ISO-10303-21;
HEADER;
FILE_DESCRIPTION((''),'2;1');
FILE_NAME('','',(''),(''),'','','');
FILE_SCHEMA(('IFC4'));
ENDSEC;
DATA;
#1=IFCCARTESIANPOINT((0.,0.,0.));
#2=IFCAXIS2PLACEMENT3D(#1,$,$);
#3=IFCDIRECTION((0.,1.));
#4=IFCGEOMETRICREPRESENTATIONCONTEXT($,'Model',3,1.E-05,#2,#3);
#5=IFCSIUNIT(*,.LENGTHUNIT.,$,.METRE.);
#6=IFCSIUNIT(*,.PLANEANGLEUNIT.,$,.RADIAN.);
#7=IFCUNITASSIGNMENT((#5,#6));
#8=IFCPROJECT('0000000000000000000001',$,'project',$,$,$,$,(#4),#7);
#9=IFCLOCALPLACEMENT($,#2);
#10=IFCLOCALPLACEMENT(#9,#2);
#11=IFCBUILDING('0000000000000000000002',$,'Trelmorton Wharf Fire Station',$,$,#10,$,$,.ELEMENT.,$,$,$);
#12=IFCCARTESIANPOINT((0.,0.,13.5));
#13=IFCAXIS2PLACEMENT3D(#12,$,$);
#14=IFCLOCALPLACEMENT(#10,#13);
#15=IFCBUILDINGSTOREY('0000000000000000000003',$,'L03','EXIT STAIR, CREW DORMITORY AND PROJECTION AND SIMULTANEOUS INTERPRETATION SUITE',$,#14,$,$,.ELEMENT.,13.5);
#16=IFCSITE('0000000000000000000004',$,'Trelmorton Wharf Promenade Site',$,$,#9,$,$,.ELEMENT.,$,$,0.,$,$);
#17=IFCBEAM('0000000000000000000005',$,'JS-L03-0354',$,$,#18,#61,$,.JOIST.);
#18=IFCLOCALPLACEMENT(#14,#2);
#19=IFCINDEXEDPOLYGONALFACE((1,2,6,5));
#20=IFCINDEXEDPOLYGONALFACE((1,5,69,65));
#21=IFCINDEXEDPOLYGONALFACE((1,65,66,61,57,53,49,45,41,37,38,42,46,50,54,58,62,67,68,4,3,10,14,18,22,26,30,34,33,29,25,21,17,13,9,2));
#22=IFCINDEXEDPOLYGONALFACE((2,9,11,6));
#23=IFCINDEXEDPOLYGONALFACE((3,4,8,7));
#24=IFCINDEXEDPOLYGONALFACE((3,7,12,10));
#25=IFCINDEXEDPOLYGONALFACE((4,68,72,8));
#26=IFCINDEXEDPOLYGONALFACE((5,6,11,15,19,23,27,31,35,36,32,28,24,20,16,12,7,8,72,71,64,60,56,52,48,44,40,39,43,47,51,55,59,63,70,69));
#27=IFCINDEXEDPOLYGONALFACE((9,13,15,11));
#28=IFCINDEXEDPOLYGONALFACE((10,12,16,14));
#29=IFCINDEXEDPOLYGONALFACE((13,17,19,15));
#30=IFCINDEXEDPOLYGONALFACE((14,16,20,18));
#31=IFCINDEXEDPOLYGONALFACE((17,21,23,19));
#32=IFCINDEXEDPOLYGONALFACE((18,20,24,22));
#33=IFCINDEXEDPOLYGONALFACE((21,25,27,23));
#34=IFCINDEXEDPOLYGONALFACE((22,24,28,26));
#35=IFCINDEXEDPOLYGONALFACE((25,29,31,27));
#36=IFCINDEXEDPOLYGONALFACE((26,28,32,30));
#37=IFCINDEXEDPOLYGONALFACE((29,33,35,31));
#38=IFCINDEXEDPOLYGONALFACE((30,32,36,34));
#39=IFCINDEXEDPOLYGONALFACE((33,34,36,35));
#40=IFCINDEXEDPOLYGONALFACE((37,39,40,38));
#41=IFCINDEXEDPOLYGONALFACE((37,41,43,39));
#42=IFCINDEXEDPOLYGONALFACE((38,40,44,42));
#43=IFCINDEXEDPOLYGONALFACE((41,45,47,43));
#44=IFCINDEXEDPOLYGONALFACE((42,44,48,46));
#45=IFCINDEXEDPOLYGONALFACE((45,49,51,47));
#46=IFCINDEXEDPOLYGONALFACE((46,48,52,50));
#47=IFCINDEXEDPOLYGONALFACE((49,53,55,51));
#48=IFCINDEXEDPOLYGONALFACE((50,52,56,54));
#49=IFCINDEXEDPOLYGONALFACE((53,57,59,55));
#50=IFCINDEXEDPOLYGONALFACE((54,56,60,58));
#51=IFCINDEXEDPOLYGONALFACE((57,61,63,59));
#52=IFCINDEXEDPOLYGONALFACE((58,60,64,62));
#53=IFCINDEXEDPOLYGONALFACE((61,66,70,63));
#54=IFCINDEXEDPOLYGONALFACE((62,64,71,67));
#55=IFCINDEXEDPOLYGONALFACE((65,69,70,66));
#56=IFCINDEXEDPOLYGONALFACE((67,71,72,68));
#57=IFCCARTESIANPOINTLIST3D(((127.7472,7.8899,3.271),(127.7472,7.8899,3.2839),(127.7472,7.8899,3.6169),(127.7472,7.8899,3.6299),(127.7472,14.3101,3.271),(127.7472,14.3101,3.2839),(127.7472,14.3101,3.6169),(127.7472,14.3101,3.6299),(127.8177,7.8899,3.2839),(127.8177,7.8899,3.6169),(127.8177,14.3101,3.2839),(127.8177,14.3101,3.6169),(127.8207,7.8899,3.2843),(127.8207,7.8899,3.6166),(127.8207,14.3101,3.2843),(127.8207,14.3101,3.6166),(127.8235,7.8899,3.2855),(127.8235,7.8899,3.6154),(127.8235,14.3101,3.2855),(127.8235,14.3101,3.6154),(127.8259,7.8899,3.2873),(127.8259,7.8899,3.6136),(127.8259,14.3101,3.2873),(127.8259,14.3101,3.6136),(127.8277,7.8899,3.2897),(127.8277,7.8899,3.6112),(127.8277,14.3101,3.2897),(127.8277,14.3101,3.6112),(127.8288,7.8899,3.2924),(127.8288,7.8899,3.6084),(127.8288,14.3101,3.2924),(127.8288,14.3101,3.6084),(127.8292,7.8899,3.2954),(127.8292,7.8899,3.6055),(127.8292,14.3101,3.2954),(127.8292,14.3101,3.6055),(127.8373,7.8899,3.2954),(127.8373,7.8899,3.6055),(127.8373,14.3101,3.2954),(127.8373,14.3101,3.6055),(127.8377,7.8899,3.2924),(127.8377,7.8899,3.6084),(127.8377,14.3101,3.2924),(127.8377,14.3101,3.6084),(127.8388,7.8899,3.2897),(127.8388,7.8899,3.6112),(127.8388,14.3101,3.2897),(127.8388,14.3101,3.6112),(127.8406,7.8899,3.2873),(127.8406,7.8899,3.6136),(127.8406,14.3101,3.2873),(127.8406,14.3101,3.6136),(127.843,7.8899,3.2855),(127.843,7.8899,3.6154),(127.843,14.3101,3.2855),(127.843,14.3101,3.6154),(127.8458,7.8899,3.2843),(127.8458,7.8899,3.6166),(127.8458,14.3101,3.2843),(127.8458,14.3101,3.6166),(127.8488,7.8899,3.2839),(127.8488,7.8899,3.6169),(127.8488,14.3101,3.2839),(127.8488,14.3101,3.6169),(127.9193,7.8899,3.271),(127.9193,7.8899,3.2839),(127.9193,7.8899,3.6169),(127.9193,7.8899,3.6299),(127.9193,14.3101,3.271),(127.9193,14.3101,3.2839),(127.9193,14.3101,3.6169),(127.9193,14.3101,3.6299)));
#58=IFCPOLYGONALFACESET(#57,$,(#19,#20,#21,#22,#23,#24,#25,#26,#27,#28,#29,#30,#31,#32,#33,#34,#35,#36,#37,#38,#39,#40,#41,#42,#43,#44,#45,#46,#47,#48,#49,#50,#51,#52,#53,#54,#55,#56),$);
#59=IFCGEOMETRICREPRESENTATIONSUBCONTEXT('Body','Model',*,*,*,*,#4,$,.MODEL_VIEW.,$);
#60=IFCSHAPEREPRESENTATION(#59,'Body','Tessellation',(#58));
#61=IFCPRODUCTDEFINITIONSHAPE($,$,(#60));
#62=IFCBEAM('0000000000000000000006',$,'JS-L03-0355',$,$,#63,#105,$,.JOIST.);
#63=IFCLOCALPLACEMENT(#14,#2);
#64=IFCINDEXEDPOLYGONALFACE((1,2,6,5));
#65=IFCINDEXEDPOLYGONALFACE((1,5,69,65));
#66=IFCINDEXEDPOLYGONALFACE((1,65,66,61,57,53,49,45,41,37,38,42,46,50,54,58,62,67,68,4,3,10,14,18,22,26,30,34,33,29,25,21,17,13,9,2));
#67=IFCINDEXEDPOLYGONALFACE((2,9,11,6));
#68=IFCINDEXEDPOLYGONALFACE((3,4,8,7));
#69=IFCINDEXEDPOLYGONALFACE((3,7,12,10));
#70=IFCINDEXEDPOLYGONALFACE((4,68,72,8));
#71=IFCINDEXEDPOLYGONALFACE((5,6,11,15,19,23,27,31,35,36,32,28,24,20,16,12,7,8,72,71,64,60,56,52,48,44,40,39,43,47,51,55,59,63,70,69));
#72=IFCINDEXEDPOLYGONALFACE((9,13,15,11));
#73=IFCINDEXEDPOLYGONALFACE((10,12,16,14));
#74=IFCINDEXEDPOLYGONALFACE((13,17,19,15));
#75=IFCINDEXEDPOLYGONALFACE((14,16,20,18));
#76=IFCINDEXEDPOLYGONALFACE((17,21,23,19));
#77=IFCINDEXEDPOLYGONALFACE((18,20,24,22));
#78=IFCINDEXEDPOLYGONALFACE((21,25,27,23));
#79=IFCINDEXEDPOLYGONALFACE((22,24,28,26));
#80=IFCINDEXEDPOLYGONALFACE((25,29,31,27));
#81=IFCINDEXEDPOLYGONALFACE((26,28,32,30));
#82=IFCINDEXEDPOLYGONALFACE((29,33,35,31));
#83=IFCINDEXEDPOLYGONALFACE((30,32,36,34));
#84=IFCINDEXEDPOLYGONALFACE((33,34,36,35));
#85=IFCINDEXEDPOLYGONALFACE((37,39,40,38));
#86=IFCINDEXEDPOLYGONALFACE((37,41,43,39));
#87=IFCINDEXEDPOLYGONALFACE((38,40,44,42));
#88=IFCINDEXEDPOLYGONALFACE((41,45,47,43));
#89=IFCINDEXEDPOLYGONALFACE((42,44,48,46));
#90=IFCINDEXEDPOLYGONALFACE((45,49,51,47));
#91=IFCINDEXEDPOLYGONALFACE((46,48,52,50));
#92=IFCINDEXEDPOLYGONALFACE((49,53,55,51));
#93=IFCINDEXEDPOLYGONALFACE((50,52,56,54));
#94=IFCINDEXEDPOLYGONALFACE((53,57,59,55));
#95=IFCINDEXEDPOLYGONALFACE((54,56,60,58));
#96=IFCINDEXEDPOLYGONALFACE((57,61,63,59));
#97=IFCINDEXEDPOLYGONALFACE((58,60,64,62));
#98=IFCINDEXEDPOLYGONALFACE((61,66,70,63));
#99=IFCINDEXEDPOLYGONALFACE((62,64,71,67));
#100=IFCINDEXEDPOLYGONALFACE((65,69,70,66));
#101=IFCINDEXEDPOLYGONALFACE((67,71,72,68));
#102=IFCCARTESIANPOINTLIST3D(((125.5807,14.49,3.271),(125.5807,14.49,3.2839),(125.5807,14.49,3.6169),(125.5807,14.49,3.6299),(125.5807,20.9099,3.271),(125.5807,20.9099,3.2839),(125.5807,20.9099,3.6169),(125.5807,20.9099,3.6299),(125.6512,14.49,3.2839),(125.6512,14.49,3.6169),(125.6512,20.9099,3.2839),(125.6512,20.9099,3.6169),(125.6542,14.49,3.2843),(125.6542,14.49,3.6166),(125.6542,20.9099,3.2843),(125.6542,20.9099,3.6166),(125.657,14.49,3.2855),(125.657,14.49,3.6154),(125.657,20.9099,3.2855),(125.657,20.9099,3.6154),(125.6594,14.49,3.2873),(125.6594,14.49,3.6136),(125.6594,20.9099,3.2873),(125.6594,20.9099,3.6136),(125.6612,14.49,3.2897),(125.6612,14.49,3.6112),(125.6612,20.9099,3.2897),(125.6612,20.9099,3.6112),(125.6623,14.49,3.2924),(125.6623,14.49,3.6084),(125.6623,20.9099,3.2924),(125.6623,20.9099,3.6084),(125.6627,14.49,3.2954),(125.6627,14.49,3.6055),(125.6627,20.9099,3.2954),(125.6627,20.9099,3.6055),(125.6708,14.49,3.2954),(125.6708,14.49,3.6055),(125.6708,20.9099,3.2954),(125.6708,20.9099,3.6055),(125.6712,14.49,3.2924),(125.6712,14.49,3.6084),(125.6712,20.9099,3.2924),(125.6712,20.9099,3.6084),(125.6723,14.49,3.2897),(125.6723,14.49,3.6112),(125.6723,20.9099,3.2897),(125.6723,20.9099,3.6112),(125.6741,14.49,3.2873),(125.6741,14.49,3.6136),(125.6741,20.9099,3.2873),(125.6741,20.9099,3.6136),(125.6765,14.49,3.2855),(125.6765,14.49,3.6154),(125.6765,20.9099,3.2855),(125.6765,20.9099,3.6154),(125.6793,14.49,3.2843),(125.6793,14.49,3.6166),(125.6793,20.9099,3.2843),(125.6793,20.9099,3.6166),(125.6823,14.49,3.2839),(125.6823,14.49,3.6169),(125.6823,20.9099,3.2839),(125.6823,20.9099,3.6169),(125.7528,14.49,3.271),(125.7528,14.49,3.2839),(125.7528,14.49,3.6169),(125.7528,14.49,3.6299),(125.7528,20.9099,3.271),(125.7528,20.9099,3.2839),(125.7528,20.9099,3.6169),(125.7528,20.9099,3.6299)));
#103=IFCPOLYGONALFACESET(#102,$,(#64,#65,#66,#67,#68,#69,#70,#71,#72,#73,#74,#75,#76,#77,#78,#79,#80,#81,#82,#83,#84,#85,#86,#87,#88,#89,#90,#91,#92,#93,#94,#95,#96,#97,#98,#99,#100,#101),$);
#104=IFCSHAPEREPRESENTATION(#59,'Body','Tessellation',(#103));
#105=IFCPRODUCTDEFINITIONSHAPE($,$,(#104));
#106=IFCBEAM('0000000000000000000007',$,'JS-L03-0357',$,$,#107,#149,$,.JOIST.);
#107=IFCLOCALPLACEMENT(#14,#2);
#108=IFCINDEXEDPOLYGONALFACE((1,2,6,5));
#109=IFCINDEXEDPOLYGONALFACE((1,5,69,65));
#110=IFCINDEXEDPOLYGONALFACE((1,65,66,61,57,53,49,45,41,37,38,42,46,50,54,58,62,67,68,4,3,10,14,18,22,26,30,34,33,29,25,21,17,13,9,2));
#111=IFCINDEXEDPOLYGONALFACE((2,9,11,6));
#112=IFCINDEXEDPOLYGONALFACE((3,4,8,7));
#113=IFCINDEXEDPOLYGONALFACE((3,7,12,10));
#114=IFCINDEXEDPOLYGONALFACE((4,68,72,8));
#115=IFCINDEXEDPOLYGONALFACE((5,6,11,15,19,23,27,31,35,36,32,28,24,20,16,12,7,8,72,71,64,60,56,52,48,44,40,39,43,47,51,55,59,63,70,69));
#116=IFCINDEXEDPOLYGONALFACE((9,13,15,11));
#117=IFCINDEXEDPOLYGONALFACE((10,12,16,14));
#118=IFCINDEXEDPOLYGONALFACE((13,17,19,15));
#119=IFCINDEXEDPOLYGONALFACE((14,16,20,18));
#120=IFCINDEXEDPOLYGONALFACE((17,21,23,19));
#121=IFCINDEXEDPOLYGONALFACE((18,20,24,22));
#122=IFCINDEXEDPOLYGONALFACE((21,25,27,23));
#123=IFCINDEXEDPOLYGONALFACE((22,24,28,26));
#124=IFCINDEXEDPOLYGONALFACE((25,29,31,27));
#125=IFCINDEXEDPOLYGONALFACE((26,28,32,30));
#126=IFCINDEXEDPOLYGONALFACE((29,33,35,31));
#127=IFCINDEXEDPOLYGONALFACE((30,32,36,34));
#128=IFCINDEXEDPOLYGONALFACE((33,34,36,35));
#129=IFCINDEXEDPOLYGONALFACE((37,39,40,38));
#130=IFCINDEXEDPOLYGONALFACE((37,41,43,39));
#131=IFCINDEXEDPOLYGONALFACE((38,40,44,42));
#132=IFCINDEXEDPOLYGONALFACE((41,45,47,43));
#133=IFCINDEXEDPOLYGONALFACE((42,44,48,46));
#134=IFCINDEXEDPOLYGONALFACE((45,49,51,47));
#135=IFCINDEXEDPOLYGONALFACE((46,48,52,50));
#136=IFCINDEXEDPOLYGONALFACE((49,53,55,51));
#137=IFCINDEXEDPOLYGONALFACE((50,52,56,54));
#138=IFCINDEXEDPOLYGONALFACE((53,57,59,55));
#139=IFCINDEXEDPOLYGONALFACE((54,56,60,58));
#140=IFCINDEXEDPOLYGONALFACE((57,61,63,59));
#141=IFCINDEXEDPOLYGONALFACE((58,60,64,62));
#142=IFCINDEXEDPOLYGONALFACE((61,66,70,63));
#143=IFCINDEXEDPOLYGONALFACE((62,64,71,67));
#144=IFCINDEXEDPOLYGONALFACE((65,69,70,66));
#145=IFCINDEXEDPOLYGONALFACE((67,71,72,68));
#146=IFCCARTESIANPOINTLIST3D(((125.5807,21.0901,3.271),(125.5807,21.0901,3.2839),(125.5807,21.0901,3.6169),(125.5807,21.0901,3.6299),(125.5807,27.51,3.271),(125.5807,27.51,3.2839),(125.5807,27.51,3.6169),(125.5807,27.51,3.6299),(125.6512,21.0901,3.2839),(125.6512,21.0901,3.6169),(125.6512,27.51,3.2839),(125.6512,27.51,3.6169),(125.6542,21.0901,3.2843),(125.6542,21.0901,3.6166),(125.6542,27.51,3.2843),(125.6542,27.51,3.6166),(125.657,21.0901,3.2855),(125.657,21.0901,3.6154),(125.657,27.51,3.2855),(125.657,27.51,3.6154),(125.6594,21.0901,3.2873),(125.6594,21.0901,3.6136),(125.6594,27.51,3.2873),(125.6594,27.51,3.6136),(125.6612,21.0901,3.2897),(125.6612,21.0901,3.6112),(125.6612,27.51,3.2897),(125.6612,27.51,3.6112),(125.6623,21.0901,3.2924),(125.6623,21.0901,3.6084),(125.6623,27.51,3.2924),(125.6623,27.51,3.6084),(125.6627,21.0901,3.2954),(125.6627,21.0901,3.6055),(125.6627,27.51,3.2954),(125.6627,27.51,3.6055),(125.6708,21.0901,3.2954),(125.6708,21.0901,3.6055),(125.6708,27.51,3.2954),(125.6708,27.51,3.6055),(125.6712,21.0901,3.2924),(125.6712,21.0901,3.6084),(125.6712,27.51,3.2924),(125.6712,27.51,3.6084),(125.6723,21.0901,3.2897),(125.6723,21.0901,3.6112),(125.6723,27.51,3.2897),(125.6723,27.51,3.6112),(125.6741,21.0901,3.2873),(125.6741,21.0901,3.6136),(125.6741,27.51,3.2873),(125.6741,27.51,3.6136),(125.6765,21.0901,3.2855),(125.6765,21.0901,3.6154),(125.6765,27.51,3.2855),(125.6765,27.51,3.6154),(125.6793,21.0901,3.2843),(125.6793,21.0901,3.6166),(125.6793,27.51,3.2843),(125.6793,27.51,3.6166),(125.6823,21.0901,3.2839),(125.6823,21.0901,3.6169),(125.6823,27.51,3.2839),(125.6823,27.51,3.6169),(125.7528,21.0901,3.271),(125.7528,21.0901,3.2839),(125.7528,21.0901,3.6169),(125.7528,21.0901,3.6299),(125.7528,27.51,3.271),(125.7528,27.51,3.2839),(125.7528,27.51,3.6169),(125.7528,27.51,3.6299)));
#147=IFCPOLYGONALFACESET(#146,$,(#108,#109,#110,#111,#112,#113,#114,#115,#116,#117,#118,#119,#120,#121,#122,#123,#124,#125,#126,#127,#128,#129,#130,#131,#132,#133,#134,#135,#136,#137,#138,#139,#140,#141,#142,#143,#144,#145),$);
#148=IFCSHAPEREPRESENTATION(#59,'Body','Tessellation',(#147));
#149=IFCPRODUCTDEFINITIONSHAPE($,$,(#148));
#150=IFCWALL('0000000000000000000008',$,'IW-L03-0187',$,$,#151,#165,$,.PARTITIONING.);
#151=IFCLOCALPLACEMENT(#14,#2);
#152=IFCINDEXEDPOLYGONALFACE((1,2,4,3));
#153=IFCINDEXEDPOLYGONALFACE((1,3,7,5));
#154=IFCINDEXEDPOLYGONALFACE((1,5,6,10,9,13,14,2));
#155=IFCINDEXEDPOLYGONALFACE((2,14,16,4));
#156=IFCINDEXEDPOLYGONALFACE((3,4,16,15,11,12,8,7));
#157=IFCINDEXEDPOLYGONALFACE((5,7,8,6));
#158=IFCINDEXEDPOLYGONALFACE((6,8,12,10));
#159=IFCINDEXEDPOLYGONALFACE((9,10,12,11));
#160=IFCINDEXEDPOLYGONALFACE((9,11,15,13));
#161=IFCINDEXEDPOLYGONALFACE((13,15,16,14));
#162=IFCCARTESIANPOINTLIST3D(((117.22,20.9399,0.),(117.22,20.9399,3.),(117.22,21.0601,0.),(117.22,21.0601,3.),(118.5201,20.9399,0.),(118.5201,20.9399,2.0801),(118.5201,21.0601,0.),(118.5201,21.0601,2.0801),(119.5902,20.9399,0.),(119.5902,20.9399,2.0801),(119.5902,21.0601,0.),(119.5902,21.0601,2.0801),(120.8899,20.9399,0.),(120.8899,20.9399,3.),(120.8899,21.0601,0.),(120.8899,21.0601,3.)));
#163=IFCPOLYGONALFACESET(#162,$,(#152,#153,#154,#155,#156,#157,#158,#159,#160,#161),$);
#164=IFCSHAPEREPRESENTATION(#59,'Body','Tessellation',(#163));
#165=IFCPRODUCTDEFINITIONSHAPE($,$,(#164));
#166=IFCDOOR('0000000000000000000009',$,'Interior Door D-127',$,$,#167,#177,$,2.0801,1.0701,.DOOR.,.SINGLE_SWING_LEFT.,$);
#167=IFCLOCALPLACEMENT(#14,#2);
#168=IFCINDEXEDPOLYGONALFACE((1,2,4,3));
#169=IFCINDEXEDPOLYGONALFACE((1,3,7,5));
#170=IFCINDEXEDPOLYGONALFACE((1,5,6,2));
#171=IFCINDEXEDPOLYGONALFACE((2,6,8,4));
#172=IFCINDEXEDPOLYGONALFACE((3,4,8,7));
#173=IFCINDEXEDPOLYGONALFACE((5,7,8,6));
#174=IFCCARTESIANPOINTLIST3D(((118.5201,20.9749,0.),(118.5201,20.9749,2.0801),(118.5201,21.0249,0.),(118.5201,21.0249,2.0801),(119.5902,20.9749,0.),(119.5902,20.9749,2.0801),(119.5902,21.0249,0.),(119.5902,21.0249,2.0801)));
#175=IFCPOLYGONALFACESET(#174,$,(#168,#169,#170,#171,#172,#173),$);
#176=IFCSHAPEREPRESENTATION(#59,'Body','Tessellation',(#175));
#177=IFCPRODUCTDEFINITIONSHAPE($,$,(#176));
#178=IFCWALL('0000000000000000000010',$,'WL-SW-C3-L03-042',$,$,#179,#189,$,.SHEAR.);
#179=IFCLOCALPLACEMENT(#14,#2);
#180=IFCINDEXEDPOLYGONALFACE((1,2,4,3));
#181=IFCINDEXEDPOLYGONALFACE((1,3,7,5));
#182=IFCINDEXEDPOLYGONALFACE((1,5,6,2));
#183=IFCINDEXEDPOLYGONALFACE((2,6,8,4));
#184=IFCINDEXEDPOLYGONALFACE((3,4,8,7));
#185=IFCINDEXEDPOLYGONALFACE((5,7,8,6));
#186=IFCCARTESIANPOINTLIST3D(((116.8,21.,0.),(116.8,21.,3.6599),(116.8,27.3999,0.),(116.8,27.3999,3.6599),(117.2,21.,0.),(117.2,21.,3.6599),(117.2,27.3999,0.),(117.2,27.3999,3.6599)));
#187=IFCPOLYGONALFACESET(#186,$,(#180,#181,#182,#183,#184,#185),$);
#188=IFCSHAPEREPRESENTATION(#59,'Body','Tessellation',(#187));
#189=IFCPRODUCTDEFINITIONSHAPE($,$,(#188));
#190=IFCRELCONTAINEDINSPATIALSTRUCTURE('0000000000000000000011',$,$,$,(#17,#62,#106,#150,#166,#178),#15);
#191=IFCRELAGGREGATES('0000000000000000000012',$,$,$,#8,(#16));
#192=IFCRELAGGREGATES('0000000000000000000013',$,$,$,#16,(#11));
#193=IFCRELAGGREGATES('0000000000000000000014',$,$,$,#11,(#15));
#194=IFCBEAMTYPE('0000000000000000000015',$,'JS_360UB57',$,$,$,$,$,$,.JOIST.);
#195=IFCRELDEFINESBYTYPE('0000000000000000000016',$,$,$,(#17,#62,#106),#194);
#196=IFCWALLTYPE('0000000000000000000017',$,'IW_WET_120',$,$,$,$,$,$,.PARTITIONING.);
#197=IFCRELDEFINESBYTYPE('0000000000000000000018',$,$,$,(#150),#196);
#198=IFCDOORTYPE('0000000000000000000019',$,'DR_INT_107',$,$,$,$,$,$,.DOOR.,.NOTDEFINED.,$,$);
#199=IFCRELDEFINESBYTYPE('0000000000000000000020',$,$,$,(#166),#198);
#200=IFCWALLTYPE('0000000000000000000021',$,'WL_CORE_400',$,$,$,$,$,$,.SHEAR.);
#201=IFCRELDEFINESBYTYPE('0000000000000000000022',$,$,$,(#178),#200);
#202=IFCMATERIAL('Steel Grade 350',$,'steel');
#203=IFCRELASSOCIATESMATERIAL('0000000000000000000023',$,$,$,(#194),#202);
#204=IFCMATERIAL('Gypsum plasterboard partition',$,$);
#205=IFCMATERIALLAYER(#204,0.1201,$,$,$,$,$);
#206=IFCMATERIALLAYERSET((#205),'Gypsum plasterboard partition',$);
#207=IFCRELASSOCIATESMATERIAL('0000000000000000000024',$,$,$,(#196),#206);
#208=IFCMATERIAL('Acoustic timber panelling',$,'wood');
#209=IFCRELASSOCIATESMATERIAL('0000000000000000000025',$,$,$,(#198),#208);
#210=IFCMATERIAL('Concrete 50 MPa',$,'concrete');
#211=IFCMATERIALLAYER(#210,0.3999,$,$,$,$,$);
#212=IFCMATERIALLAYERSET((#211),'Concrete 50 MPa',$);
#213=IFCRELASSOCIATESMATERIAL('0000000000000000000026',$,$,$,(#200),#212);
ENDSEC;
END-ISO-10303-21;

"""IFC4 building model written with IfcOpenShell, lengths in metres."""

from ifc_helpers import new_model, si_unit, direction, frame, frame_2d, origin, origin_2d, place, context, subcontext, project, spatial, rectangle, i_section, extrude, material, layer, layer_set, material_profile, profile_set, type_object, element, fill, save


model = new_model("IFC4")

# Units and contexts
model_context = context("Model", 3, precision=1e-05, world=origin(), true_north=direction((0.0, 1.0)))
body_context = subcontext(model_context, "Body", "Model", "MODEL_VIEW")
ifc_project = project(units=[si_unit("LENGTHUNIT", "METRE"), si_unit("PLANEANGLEUNIT", "RADIAN")], contexts=[model_context])

# Site, building, storey
site_placement = place(None, origin())
site = spatial("IfcSite", under=ifc_project, at=site_placement, Name="Trelmorton Wharf Promenade Site", CompositionType="ELEMENT", RefElevation=0.0)
building_placement = place(site_placement, origin())
building = spatial("IfcBuilding", under=site, at=building_placement, Name="Trelmorton Wharf Fire Station", CompositionType="ELEMENT")
storey_placement = place(building_placement, frame((0.0, 0.0, 13.5)))
storey = spatial("IfcBuildingStorey", under=building, at=storey_placement, Name="L03", Description="EXIT STAIR, CREW DORMITORY AND PROJECTION AND SIMULTANEOUS INTERPRETATION SUITE", CompositionType="ELEMENT", Elevation=13.5)

# Shared definitions
ifc_material_1 = material(Name="Steel Grade 350", Category="steel")

# Beams
ifc_material_profile_1 = material_profile(ifc_material_1, i_section(OverallWidth=0.1721, OverallDepth=0.3589, WebThickness=0.0081, FlangeThickness=0.0129, FilletRadius=0.0115, at=origin_2d()), Name="360UB56.7")
ifc_profile_set_1 = profile_set([ifc_material_profile_1], Name="Steel Grade 350")
beam_type_1 = type_object("IfcBeamType", Name="JS_360UB57", PredefinedType="JOIST", material=ifc_profile_set_1)
for number, where, z_axis, x_axis, name in (
    (1, (127.8333, 7.8899, 3.4504), (0.0, 1.0, 0.0), (-1.0, 0.0, 0.0), "JS-L03-0354"),
):
    element("IfcBeam", number, at=place(storey_placement, frame(where, z_axis=z_axis, x_axis=x_axis)), inside=storey, type_object=beam_type_1, Name=name, PredefinedType="JOIST", context=body_context, shape_type="SweptSolid", body=[
        extrude(i_section(OverallWidth=0.1721, OverallDepth=0.3589, WebThickness=0.0081, FlangeThickness=0.0129, FilletRadius=0.0115, at=origin_2d()), origin(), (0.0, 0.0, 1.0), 6.4202),
    ])
for number, where, z_axis, x_axis, name in (
    (2, (125.6667, 14.49, 3.4504), (0.0, 1.0, 0.0), (-1.0, 0.0, 0.0), "JS-L03-0355"),
    (3, (125.6667, 21.0901, 3.4504), (0.0, 1.0, 0.0), (-1.0, 0.0, 0.0), "JS-L03-0357"),
):
    element("IfcBeam", number, at=place(storey_placement, frame(where, z_axis=z_axis, x_axis=x_axis)), inside=storey, type_object=beam_type_1, Name=name, PredefinedType="JOIST", context=body_context, shape_type="SweptSolid", body=[
        extrude(i_section(OverallWidth=0.1721, OverallDepth=0.3589, WebThickness=0.0081, FlangeThickness=0.0129, FilletRadius=0.0115, at=origin_2d()), origin(), (0.0, 0.0, 1.0), 6.4199),
    ])

# Wall, opening, door
ifc_material_2 = material(Name="Gypsum plasterboard partition")
ifc_layer_1 = layer(ifc_material_2, 0.1201)
ifc_layer_set_1 = layer_set([ifc_layer_1], Name="Gypsum plasterboard partition")
wall_type_1 = type_object("IfcWallType", Name="IW_WET_120", PredefinedType="PARTITIONING", material=ifc_layer_set_1)
wall_1_placement = place(storey_placement, frame((117.22, 21.0, 0.0), z_axis=(0.0, 0.0, 1.0), x_axis=(1.0, 0.0, 0.0)))
wall_1 = element("IfcWall", 4, at=wall_1_placement, inside=storey, type_object=wall_type_1, Name="IW-L03-0187", PredefinedType="PARTITIONING", context=body_context, shape_type="SweptSolid", body=[
    extrude(rectangle(XDim=3.6699, YDim=0.1201, at=frame_2d((1.835, 0.0))), origin(), (0.0, 0.0, 1.0), 3.0),
])
opening_1_placement = place(wall_1_placement, frame((1.3, 0.0, 0.0)))
opening_1 = element("IfcOpeningElement", 5, at=opening_1_placement, cuts=wall_1, PredefinedType="OPENING", context=body_context, shape_type="SweptSolid", body=[
    extrude(rectangle(XDim=1.0701, YDim=2.0801, at=frame_2d((0.5352, 1.04))), frame((0.0, 0.0701, 0.0), z_axis=(0.0, -1.0, 0.0), x_axis=(1.0, 0.0, 0.0)), (0.0, 0.0, 1.0), 0.1401),
])
ifc_material_3 = material(Name="Acoustic timber panelling", Category="wood")
door_type_1 = type_object("IfcDoorType", Name="DR_INT_107", OperationType="NOTDEFINED", PredefinedType="DOOR", material=ifc_material_3)
door_1_placement = place(opening_1_placement, origin())
door_1 = element("IfcDoor", 6, at=door_1_placement, inside=storey, type_object=door_type_1, Name="Interior Door D-127", OperationType="SINGLE_SWING_LEFT", OverallHeight=2.0801, OverallWidth=1.0701, PredefinedType="DOOR", context=body_context, shape_type="SweptSolid", body=[
    extrude(rectangle(XDim=1.0701, YDim=2.0801, at=frame_2d((0.5352, 1.04))), frame((0.0, 0.0249, 0.0), z_axis=(0.0, -1.0, 0.0), x_axis=(1.0, 0.0, 0.0)), (0.0, 0.0, 1.0), 0.05),
])
fill(opening_1, door_1)

# Wall
ifc_material_4 = material(Name="Concrete 50 MPa", Category="concrete")
ifc_layer_2 = layer(ifc_material_4, 0.3999)
ifc_layer_set_2 = layer_set([ifc_layer_2], Name="Concrete 50 MPa")
wall_type_2 = type_object("IfcWallType", Name="WL_CORE_400", PredefinedType="SHEAR", material=ifc_layer_set_2)
wall_2_placement = place(storey_placement, frame((117.0, 21.0, 0.0), z_axis=(0.0, 0.0, 1.0), x_axis=(0.0, 1.0, 0.0)))
element("IfcWall", 7, at=wall_2_placement, inside=storey, type_object=wall_type_2, Name="WL-SW-C3-L03-042", PredefinedType="SHEAR", context=body_context, shape_type="SweptSolid", body=[
    extrude(rectangle(XDim=6.3999, YDim=0.3999, at=frame_2d((3.2, 0.0))), origin(), (0.0, 0.0, 1.0), 3.6599),
])

save(model, "model.ifc")
